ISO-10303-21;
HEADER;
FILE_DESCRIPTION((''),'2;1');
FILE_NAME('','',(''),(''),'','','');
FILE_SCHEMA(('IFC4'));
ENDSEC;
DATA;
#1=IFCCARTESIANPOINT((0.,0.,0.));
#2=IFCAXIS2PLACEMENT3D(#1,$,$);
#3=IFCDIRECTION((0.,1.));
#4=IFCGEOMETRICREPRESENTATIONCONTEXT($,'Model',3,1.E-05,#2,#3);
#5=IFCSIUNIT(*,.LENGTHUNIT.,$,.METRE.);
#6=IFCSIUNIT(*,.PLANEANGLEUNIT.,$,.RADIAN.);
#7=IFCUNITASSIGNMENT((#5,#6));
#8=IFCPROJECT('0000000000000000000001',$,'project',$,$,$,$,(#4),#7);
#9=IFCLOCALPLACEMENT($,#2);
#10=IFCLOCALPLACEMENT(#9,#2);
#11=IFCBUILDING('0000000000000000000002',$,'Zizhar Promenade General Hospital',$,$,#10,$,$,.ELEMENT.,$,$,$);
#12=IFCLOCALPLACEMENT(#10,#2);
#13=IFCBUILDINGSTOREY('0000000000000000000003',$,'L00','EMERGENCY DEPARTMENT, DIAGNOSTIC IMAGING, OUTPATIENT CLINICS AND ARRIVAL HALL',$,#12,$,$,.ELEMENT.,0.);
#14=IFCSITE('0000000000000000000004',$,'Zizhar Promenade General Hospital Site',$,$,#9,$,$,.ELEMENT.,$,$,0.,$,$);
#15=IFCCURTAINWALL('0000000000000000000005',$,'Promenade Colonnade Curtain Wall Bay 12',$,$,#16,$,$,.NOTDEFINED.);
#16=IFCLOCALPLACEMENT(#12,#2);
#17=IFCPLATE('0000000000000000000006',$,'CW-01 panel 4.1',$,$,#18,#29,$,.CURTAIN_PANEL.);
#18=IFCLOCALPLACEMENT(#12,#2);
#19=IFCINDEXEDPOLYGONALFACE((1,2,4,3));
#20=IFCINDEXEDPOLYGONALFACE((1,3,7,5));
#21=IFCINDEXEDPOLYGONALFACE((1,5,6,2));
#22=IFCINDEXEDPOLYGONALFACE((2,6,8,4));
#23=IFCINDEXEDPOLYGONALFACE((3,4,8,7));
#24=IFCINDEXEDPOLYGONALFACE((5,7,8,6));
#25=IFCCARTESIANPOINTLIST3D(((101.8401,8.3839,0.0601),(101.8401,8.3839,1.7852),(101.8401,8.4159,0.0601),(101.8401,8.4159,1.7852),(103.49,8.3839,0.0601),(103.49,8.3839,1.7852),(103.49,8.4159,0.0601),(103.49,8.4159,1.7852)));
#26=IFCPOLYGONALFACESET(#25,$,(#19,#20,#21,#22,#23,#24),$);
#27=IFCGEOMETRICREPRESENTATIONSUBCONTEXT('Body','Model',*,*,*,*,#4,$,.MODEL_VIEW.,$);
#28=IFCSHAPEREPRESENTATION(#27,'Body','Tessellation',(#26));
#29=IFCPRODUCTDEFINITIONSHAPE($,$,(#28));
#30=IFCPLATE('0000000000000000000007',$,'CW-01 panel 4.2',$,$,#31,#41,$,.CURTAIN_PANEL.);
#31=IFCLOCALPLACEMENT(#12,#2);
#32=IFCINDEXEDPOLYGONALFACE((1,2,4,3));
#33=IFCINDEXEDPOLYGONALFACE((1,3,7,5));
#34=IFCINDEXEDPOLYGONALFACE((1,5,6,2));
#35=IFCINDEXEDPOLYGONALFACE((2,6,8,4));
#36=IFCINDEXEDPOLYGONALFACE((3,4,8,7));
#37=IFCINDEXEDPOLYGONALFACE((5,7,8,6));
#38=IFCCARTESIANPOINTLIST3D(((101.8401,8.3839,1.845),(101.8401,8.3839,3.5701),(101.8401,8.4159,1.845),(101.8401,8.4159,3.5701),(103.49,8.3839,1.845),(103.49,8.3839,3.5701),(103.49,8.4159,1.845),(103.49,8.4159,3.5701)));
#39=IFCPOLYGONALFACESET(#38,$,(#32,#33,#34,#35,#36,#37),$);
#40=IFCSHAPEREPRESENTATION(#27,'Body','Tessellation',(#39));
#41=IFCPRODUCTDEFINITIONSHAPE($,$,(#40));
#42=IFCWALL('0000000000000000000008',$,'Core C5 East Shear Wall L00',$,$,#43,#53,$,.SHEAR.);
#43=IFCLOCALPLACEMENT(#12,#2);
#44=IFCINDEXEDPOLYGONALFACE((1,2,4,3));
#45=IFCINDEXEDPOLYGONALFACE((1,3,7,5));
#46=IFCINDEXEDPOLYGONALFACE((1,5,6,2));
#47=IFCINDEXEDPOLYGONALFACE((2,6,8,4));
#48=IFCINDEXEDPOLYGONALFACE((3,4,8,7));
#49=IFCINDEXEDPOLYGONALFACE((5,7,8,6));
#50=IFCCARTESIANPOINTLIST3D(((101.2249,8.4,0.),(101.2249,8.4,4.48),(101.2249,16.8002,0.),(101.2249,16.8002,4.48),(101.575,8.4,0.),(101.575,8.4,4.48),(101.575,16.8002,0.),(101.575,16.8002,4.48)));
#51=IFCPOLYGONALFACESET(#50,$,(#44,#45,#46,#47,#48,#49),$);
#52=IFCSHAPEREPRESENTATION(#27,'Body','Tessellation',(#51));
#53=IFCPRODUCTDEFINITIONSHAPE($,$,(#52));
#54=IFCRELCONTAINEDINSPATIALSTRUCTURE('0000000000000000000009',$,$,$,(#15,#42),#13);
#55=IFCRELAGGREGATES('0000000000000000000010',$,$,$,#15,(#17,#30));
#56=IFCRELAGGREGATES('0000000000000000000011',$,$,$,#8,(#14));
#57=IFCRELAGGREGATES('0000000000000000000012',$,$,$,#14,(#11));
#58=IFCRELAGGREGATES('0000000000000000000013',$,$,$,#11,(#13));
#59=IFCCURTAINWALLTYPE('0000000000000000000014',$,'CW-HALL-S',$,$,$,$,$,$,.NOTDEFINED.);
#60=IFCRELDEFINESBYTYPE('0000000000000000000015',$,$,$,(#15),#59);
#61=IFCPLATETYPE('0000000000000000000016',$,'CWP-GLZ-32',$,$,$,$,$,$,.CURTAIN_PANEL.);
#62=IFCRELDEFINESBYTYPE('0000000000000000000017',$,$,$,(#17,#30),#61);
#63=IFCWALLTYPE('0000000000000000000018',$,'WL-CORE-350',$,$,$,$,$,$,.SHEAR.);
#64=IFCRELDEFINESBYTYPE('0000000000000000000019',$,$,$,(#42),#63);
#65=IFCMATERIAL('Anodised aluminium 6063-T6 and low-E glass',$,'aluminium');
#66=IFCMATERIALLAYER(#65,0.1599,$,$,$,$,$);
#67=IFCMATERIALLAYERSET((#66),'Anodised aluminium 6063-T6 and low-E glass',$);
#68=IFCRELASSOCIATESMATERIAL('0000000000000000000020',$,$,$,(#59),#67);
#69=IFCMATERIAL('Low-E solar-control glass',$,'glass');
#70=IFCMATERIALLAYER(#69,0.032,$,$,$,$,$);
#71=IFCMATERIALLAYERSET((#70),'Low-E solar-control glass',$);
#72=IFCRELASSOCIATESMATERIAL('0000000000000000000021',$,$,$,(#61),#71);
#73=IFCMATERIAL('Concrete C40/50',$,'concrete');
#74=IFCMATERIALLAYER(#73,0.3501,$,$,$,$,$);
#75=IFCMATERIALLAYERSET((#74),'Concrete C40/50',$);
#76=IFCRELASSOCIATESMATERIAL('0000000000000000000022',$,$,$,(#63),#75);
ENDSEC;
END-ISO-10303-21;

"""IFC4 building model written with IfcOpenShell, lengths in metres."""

from ifc_helpers import new_model, si_unit, direction, frame, frame_2d, origin, origin_2d, place, context, subcontext, project, spatial, rectangle, extrude, material, layer, layer_set, type_object, element, aggregate, save


model = new_model("IFC4")

# Units and contexts
model_context = context("Model", 3, precision=1e-05, world=origin(), true_north=direction((0.0, 1.0)))
body_context = subcontext(model_context, "Body", "Model", "MODEL_VIEW")
ifc_project = project(units=[si_unit("LENGTHUNIT", "METRE"), si_unit("PLANEANGLEUNIT", "RADIAN")], contexts=[model_context])

# Site, building, storey
site_placement = place(None, origin())
site = spatial("IfcSite", under=ifc_project, at=site_placement, Name="Zizhar Promenade General Hospital Site", CompositionType="ELEMENT", RefElevation=0.0)
building_placement = place(site_placement, origin())
building = spatial("IfcBuilding", under=site, at=building_placement, Name="Zizhar Promenade General Hospital", CompositionType="ELEMENT")
storey_placement = place(building_placement, origin())
storey = spatial("IfcBuildingStorey", under=building, at=storey_placement, Name="L00", Description="EMERGENCY DEPARTMENT, DIAGNOSTIC IMAGING, OUTPATIENT CLINICS AND ARRIVAL HALL", CompositionType="ELEMENT", Elevation=0.0)

# Curtain wall, plates
ifc_material_1 = material(Name="Anodised aluminium 6063-T6 and low-E glass", Category="aluminium")
ifc_layer_1 = layer(ifc_material_1, 0.1599)
ifc_layer_set_1 = layer_set([ifc_layer_1], Name="Anodised aluminium 6063-T6 and low-E glass")
curtain_wall_type = type_object("IfcCurtainWallType", Name="CW-HALL-S", PredefinedType="NOTDEFINED", material=ifc_layer_set_1)
curtain_wall_placement = place(storey_placement, origin())
curtain_wall = element("IfcCurtainWall", 1, at=curtain_wall_placement, inside=storey, type_object=curtain_wall_type, Name="Promenade Colonnade Curtain Wall Bay 12", PredefinedType="NOTDEFINED")
ifc_material_2 = material(Name="Low-E solar-control glass", Category="glass")
ifc_layer_2 = layer(ifc_material_2, 0.032)
ifc_layer_set_2 = layer_set([ifc_layer_2], Name="Low-E solar-control glass")
plate_type = type_object("IfcPlateType", Name="CWP-GLZ-32", PredefinedType="CURTAIN_PANEL", material=ifc_layer_set_2)
plate_1_placement = place(storey_placement, frame((102.665, 8.3999, 0.0601), z_axis=(0.0, 0.0, 1.0), x_axis=(-1.0, 0.0, 0.0)))
plate_1 = element("IfcPlate", 2, at=plate_1_placement, type_object=plate_type, Name="CW-01 panel 4.1", PredefinedType="CURTAIN_PANEL", context=body_context, shape_type="SweptSolid", body=[
    extrude(rectangle(XDim=1.6499, YDim=0.032, at=origin_2d()), origin(), (0.0, 0.0, 1.0), 1.7251),
])
plate_2_placement = place(storey_placement, frame((102.665, 8.3999, 1.845), z_axis=(0.0, 0.0, 1.0), x_axis=(-1.0, 0.0, 0.0)))
plate_2 = element("IfcPlate", 3, at=plate_2_placement, type_object=plate_type, Name="CW-01 panel 4.2", PredefinedType="CURTAIN_PANEL", context=body_context, shape_type="SweptSolid", body=[
    extrude(rectangle(XDim=1.6499, YDim=0.032, at=origin_2d()), origin(), (0.0, 0.0, 1.0), 1.7251),
])
aggregate(curtain_wall, [plate_1, plate_2])

# Wall
ifc_material_3 = material(Name="Concrete C40/50", Category="concrete")
ifc_layer_3 = layer(ifc_material_3, 0.3501)
ifc_layer_set_3 = layer_set([ifc_layer_3], Name="Concrete C40/50")
wall_type = type_object("IfcWallType", Name="WL-CORE-350", PredefinedType="SHEAR", material=ifc_layer_set_3)
wall_placement = place(storey_placement, frame((101.3999, 8.3999, 0.0), z_axis=(0.0, 0.0, 1.0), x_axis=(0.0, 1.0, 0.0)))
element("IfcWall", 4, at=wall_placement, inside=storey, type_object=wall_type, Name="Core C5 East Shear Wall L00", PredefinedType="SHEAR", context=body_context, shape_type="SweptSolid", body=[
    extrude(rectangle(XDim=8.4001, YDim=0.3501, at=frame_2d((4.2002, 0.0))), origin(), (0.0, 0.0, 1.0), 4.48),
])

save(model, "model.ifc")
